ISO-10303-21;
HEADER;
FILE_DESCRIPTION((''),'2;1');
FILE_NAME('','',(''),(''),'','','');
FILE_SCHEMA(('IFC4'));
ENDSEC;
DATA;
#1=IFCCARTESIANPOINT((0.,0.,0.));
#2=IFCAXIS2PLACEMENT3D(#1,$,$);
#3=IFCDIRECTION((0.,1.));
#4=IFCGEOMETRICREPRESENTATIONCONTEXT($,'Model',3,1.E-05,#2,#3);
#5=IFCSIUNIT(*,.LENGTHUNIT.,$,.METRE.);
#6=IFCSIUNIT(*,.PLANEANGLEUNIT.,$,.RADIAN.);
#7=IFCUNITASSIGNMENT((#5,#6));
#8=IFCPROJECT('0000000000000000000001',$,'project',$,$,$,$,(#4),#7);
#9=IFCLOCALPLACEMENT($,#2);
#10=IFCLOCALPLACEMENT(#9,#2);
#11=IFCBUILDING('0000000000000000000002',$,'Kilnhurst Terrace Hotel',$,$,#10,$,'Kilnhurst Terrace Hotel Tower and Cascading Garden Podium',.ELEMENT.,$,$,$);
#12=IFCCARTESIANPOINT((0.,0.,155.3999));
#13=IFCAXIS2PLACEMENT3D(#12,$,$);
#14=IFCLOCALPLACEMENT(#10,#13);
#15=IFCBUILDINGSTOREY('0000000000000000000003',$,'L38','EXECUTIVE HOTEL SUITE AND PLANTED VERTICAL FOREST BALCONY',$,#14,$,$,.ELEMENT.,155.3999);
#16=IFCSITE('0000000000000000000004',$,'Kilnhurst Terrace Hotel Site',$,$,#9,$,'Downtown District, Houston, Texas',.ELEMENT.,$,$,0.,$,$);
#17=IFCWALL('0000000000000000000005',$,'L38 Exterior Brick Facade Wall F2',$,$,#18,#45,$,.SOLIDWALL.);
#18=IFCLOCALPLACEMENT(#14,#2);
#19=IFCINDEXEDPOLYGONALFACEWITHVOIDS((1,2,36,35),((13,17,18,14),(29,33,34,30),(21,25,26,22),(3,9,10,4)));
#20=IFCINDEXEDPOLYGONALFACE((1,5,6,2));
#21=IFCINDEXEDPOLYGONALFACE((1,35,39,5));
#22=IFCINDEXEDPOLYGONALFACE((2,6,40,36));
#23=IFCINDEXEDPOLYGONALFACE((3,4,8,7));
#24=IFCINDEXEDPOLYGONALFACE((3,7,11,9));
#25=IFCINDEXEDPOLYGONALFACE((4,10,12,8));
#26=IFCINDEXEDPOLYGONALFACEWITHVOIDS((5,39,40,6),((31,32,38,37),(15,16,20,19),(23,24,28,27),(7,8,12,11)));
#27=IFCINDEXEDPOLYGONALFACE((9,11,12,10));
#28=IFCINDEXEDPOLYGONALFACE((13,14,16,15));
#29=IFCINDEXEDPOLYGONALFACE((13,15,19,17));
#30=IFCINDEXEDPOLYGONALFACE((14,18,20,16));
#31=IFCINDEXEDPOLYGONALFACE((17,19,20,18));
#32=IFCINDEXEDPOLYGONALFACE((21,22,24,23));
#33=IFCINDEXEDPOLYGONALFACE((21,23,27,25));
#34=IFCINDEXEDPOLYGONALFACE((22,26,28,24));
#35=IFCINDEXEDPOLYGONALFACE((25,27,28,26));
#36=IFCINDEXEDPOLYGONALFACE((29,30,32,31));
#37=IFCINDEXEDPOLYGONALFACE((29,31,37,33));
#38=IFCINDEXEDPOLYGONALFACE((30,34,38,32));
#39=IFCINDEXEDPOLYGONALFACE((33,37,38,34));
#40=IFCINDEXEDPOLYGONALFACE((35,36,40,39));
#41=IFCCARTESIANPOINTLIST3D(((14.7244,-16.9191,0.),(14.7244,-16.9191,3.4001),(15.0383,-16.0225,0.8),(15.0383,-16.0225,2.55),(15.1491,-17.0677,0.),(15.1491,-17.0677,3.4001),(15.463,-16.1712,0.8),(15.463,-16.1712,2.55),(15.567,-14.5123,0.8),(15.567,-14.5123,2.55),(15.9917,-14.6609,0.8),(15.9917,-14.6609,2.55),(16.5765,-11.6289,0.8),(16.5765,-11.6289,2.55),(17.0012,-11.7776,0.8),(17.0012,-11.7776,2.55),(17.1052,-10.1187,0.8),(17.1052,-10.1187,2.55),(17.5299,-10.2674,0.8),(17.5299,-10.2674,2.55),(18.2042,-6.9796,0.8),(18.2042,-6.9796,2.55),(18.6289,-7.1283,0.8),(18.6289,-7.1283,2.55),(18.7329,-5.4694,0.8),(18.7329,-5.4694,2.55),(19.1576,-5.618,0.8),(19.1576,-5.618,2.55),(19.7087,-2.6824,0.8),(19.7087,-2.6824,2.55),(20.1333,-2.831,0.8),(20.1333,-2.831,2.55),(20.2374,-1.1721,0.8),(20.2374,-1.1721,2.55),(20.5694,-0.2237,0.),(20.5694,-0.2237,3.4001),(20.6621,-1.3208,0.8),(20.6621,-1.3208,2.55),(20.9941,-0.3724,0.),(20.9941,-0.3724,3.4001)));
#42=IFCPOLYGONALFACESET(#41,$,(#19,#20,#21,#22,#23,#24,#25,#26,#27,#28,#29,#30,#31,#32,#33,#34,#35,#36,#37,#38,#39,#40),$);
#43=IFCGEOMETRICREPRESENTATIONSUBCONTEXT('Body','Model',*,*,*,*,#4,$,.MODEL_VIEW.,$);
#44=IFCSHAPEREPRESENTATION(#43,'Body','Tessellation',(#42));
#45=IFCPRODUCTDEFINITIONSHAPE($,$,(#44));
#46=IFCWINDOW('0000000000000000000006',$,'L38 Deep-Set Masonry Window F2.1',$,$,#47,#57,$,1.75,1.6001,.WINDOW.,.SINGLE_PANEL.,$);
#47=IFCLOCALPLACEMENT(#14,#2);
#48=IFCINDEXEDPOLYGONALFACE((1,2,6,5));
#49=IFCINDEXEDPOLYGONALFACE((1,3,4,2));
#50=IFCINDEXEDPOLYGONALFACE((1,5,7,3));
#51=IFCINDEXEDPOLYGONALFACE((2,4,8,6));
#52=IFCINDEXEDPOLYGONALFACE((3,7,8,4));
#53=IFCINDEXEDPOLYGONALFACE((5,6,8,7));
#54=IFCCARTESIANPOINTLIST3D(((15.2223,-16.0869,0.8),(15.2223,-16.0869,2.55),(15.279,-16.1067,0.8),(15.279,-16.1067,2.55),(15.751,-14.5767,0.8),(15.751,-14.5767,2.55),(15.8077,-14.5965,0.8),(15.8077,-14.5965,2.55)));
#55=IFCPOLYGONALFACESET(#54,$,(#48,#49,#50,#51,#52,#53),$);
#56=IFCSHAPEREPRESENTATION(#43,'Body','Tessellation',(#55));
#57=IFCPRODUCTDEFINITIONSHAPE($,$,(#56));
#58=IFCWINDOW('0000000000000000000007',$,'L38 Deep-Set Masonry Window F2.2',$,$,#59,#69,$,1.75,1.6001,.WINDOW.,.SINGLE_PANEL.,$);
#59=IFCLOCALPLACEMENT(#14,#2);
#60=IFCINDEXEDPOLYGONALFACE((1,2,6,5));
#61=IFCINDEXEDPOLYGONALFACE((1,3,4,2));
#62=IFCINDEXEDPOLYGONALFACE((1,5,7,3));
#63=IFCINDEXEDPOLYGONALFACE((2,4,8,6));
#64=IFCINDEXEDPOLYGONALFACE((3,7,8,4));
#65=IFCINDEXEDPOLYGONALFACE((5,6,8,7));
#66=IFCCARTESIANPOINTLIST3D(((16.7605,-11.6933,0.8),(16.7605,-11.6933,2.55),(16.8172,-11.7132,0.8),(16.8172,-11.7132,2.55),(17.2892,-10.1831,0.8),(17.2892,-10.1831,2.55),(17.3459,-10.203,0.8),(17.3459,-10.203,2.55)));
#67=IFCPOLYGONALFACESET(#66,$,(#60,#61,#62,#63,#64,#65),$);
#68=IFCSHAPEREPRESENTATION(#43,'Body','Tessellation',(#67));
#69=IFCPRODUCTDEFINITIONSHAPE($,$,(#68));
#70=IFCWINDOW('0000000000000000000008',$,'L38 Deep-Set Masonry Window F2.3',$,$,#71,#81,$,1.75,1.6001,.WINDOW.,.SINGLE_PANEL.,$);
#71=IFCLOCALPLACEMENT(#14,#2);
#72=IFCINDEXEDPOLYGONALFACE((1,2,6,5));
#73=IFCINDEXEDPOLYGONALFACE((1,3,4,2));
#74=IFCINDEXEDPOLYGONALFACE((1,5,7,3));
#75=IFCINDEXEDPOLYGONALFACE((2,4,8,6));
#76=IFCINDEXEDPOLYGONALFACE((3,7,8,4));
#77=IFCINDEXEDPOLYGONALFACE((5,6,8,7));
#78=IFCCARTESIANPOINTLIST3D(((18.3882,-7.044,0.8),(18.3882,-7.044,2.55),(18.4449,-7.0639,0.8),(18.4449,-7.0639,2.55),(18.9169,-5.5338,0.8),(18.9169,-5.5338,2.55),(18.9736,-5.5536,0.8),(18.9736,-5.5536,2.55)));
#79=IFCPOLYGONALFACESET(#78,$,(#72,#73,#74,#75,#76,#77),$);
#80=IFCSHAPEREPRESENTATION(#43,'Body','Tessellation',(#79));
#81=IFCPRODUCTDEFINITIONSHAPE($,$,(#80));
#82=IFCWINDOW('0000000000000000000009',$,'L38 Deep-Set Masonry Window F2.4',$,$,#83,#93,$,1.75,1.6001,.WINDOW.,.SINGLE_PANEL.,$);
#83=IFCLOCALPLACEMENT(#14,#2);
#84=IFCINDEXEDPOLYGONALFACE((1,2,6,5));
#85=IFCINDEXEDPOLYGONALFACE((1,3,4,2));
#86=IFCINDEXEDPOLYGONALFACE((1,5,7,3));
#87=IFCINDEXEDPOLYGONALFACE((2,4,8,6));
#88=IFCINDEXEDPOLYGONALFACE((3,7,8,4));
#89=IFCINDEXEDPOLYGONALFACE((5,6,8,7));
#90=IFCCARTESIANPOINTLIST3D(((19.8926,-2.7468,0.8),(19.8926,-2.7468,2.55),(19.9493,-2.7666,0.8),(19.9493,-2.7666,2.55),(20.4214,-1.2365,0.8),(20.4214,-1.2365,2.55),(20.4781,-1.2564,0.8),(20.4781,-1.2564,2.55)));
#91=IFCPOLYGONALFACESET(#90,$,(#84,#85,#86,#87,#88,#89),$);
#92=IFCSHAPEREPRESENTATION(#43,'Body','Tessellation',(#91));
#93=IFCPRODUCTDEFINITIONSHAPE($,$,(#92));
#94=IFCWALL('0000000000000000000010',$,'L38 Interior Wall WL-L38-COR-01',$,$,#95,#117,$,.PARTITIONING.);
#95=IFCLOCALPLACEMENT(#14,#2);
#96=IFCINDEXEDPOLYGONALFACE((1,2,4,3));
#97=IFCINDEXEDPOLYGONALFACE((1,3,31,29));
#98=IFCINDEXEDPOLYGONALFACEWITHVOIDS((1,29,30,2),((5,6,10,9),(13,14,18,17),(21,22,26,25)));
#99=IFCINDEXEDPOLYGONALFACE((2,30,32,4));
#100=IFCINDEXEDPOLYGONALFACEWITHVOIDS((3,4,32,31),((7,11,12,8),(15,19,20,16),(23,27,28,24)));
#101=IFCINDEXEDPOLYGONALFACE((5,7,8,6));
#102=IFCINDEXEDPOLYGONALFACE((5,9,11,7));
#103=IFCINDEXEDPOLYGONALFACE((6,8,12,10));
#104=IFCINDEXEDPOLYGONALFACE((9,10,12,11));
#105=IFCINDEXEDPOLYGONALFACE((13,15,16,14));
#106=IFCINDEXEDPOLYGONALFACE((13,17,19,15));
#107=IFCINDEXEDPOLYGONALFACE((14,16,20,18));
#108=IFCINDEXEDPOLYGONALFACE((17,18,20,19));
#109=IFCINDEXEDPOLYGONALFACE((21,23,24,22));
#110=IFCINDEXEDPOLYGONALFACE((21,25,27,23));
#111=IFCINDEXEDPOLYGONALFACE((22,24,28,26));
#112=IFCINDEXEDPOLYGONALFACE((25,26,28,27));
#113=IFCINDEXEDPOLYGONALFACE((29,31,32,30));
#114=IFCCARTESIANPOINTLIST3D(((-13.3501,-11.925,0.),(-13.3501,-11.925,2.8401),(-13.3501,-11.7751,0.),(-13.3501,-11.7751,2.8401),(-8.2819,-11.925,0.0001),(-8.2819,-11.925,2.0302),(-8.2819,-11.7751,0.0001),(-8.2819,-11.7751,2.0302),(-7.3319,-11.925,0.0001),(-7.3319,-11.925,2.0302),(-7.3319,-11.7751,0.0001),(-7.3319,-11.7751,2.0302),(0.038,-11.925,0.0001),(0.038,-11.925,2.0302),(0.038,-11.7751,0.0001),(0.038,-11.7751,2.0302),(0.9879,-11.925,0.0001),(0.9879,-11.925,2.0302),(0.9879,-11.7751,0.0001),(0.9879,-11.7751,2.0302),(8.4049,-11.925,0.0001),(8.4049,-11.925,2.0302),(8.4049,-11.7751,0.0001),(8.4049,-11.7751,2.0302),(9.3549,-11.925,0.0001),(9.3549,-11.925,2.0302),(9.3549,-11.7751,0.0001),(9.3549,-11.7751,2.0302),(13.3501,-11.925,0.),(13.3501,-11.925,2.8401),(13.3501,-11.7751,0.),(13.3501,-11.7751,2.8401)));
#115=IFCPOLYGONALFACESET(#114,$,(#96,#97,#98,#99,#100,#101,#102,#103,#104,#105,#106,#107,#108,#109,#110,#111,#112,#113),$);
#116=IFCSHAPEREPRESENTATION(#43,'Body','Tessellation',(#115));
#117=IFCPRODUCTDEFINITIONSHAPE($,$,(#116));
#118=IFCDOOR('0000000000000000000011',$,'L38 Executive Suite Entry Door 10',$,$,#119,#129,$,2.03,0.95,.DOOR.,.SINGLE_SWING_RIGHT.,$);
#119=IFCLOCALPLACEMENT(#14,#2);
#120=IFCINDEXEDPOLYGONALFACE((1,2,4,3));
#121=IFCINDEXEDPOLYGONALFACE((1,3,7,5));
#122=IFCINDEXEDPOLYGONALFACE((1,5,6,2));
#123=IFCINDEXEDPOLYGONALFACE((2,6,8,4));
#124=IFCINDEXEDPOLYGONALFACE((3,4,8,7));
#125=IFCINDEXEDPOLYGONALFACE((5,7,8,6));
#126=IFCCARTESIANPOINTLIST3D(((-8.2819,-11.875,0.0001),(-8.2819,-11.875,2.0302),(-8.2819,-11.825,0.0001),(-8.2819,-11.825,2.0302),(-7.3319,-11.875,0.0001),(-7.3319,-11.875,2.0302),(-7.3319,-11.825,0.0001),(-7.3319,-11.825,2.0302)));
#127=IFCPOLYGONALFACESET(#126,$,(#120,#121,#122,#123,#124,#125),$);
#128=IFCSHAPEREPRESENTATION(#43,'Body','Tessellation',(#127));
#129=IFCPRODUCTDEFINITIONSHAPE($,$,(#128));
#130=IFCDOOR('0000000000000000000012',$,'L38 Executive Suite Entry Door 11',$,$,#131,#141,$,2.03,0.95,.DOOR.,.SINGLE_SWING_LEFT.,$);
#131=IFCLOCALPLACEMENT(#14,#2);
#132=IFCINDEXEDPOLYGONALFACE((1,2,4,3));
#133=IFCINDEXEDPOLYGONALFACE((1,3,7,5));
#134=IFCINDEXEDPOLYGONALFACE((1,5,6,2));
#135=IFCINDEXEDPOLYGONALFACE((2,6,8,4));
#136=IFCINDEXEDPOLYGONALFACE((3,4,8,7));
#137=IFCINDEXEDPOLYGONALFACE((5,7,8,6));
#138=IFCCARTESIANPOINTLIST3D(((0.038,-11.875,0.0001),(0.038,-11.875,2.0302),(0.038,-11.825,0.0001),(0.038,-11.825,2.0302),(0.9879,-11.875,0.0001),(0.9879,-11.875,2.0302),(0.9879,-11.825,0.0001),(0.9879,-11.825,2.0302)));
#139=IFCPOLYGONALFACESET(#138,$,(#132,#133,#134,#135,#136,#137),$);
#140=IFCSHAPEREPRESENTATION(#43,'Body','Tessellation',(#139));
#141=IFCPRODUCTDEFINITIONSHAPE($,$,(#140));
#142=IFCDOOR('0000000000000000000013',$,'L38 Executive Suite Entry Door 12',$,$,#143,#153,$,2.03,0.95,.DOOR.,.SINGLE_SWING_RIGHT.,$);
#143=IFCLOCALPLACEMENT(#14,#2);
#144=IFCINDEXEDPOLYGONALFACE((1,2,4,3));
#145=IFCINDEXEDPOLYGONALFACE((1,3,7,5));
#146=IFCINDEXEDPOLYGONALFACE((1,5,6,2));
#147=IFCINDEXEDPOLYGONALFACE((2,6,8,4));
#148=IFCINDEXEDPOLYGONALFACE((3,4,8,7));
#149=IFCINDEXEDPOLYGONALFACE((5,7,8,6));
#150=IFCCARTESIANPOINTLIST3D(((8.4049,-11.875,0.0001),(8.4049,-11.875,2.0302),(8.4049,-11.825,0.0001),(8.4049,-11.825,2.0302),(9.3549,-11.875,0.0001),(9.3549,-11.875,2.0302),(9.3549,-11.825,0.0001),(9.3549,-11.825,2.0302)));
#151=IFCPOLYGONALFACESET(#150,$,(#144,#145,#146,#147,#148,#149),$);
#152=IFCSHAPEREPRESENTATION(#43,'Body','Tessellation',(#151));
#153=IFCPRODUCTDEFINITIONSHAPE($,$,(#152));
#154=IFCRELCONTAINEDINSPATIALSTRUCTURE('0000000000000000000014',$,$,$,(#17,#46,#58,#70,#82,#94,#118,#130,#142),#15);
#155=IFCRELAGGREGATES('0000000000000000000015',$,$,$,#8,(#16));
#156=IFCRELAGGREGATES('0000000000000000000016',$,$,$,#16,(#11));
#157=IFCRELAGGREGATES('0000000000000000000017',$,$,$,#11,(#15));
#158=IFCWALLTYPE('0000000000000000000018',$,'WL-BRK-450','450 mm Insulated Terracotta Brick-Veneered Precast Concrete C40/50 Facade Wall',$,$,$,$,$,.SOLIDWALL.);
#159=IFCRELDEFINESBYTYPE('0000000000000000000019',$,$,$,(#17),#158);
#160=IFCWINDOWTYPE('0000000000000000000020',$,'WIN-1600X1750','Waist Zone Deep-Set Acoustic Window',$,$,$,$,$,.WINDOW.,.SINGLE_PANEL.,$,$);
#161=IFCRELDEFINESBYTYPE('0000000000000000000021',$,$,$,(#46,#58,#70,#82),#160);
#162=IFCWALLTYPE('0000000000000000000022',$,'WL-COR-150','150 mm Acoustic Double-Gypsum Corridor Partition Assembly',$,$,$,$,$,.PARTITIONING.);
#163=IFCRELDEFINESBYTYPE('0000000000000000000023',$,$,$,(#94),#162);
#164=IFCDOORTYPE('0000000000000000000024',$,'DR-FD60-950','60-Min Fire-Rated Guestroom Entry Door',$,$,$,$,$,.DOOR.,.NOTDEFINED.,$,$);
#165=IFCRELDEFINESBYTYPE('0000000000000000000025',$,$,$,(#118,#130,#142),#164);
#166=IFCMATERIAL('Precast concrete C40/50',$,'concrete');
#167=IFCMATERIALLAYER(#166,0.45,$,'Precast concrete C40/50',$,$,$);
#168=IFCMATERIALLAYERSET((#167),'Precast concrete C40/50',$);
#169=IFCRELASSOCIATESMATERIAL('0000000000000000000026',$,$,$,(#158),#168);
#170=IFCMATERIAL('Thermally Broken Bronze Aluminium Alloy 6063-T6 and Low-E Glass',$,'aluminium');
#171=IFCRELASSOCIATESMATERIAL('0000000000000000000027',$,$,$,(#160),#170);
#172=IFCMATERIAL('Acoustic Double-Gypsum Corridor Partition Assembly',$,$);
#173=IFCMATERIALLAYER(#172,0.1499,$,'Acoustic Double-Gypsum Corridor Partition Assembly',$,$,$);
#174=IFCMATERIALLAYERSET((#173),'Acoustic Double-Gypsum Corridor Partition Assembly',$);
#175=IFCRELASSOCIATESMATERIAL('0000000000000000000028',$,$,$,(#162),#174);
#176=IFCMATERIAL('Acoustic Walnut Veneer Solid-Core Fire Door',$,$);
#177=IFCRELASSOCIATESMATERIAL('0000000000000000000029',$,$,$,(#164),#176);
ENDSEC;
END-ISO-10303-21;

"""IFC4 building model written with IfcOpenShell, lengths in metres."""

from ifc_helpers import new_model, si_unit, direction, frame, frame_2d, origin, place, context, subcontext, project, spatial, rectangle, extrude, material, layer, layer_set, type_object, element, fill, save


model = new_model("IFC4")

# Units and contexts
model_context = context("Model", 3, precision=1e-05, world=origin(), true_north=direction((0.0, 1.0)))
body_context = subcontext(model_context, "Body", "Model", "MODEL_VIEW")
ifc_project = project(units=[si_unit("LENGTHUNIT", "METRE"), si_unit("PLANEANGLEUNIT", "RADIAN")], contexts=[model_context])

# Site, building, storey
site_placement = place(None, origin())
site = spatial("IfcSite", under=ifc_project, at=site_placement, Name="Kilnhurst Terrace Hotel Site", LongName="Downtown District, Houston, Texas", CompositionType="ELEMENT", RefElevation=0.0)
building_placement = place(site_placement, origin())
building = spatial("IfcBuilding", under=site, at=building_placement, Name="Kilnhurst Terrace Hotel", LongName="Kilnhurst Terrace Hotel Tower and Cascading Garden Podium", CompositionType="ELEMENT")
storey_placement = place(building_placement, frame((0.0, 0.0, 155.3999)))
storey = spatial("IfcBuildingStorey", under=building, at=storey_placement, Name="L38", Description="EXECUTIVE HOTEL SUITE AND PLANTED VERTICAL FOREST BALCONY", CompositionType="ELEMENT", Elevation=155.3999)

# Shared definitions
ifc_material_1 = material(Name="Precast concrete C40/50", Category="concrete")
ifc_layer_1 = layer(ifc_material_1, 0.45, Name="Precast concrete C40/50")
ifc_layer_set_1 = layer_set([ifc_layer_1], Name="Precast concrete C40/50")
wall_type_1 = type_object("IfcWallType", Name="WL-BRK-450", Description="450 mm Insulated Terracotta Brick-Veneered Precast Concrete C40/50 Facade Wall", PredefinedType="SOLIDWALL", material=ifc_layer_set_1)

# Wall, openings, windows
wall_1_placement = place(storey_placement, frame((14.9368, -16.9934, 0.0), z_axis=(0.0, 0.0, 1.0), x_axis=(0.330432, 0.94383, 0.0)))
wall_1 = element("IfcWall", 1, at=wall_1_placement, inside=storey, type_object=wall_type_1, Name="L38 Exterior Brick Facade Wall F2", PredefinedType="SOLIDWALL", context=body_context, shape_type="SweptSolid", body=[
    extrude(rectangle(XDim=17.689, YDim=0.45, at=frame_2d((8.8445, 0.0))), origin(), (0.0, 0.0, 1.0), 3.4001),
])
opening_1_placement = place(wall_1_placement, frame((0.95, 0.0, 0.8)))
opening_1 = element("IfcOpeningElement", 2, at=opening_1_placement, cuts=wall_1, PredefinedType="OPENING", context=body_context, shape_type="SweptSolid", body=[
    extrude(rectangle(XDim=1.6001, YDim=1.75, at=frame_2d((0.8, 0.875))), frame((0.0, 0.2349, 0.0), z_axis=(0.0, -1.0, 0.0), x_axis=(1.0, 0.0, 0.0)), (0.0, 0.0, 1.0), 0.47),
])
opening_2_placement = place(wall_1_placement, frame((5.605, 0.0, 0.8)))
opening_2 = element("IfcOpeningElement", 3, at=opening_2_placement, cuts=wall_1, PredefinedType="OPENING", context=body_context, shape_type="SweptSolid", body=[
    extrude(rectangle(XDim=1.6001, YDim=1.75, at=frame_2d((0.8, 0.875))), frame((0.0, 0.2349, 0.0), z_axis=(0.0, -1.0, 0.0), x_axis=(1.0, 0.0, 0.0)), (0.0, 0.0, 1.0), 0.47),
])
opening_3_placement = place(wall_1_placement, frame((10.531, 0.0, 0.8)))
opening_3 = element("IfcOpeningElement", 4, at=opening_3_placement, cuts=wall_1, PredefinedType="OPENING", context=body_context, shape_type="SweptSolid", body=[
    extrude(rectangle(XDim=1.6001, YDim=1.75, at=frame_2d((0.8, 0.875))), frame((0.0, 0.2349, 0.0), z_axis=(0.0, -1.0, 0.0), x_axis=(1.0, 0.0, 0.0)), (0.0, 0.0, 1.0), 0.47),
])
opening_4_placement = place(wall_1_placement, frame((15.084, 0.0, 0.8)))
opening_4 = element("IfcOpeningElement", 5, at=opening_4_placement, cuts=wall_1, PredefinedType="OPENING", context=body_context, shape_type="SweptSolid", body=[
    extrude(rectangle(XDim=1.6001, YDim=1.75, at=frame_2d((0.8, 0.875))), frame((0.0, 0.2349, 0.0), z_axis=(0.0, -1.0, 0.0), x_axis=(1.0, 0.0, 0.0)), (0.0, 0.0, 1.0), 0.47),
])
ifc_material_2 = material(Name="Thermally Broken Bronze Aluminium Alloy 6063-T6 and Low-E Glass", Category="aluminium")
window_type = type_object("IfcWindowType", Name="WIN-1600X1750", Description="Waist Zone Deep-Set Acoustic Window", PartitioningType="SINGLE_PANEL", PredefinedType="WINDOW", material=ifc_material_2)
window_1_placement = place(opening_1_placement, origin())
window_1 = element("IfcWindow", 6, at=window_1_placement, inside=storey, type_object=window_type, Name="L38 Deep-Set Masonry Window F2.1", OverallHeight=1.75, OverallWidth=1.6001, PartitioningType="SINGLE_PANEL", PredefinedType="WINDOW", context=body_context, shape_type="SweptSolid", body=[
    extrude(rectangle(XDim=1.6001, YDim=1.75, at=frame_2d((0.8, 0.875))), frame((0.0, 0.03, 0.0), z_axis=(0.0, -1.0, 0.0), x_axis=(1.0, 0.0, 0.0)), (0.0, 0.0, 1.0), 0.0601),
])
fill(opening_1, window_1)
window_2_placement = place(opening_2_placement, origin())
window_2 = element("IfcWindow", 7, at=window_2_placement, inside=storey, type_object=window_type, Name="L38 Deep-Set Masonry Window F2.2", OverallHeight=1.75, OverallWidth=1.6001, PartitioningType="SINGLE_PANEL", PredefinedType="WINDOW", context=body_context, shape_type="SweptSolid", body=[
    extrude(rectangle(XDim=1.6001, YDim=1.75, at=frame_2d((0.8, 0.875))), frame((0.0, 0.03, 0.0), z_axis=(0.0, -1.0, 0.0), x_axis=(1.0, 0.0, 0.0)), (0.0, 0.0, 1.0), 0.0601),
])
fill(opening_2, window_2)
window_3_placement = place(opening_3_placement, origin())
window_3 = element("IfcWindow", 8, at=window_3_placement, inside=storey, type_object=window_type, Name="L38 Deep-Set Masonry Window F2.3", OverallHeight=1.75, OverallWidth=1.6001, PartitioningType="SINGLE_PANEL", PredefinedType="WINDOW", context=body_context, shape_type="SweptSolid", body=[
    extrude(rectangle(XDim=1.6001, YDim=1.75, at=frame_2d((0.8, 0.875))), frame((0.0, 0.03, 0.0), z_axis=(0.0, -1.0, 0.0), x_axis=(1.0, 0.0, 0.0)), (0.0, 0.0, 1.0), 0.0601),
])
fill(opening_3, window_3)
window_4_placement = place(opening_4_placement, origin())
window_4 = element("IfcWindow", 9, at=window_4_placement, inside=storey, type_object=window_type, Name="L38 Deep-Set Masonry Window F2.4", OverallHeight=1.75, OverallWidth=1.6001, PartitioningType="SINGLE_PANEL", PredefinedType="WINDOW", context=body_context, shape_type="SweptSolid", body=[
    extrude(rectangle(XDim=1.6001, YDim=1.75, at=frame_2d((0.8, 0.875))), frame((0.0, 0.03, 0.0), z_axis=(0.0, -1.0, 0.0), x_axis=(1.0, 0.0, 0.0)), (0.0, 0.0, 1.0), 0.0601),
])
fill(opening_4, window_4)

# Wall, openings, doors
ifc_material_3 = material(Name="Acoustic Double-Gypsum Corridor Partition Assembly")
ifc_layer_2 = layer(ifc_material_3, 0.1499, Name="Acoustic Double-Gypsum Corridor Partition Assembly")
ifc_layer_set_2 = layer_set([ifc_layer_2], Name="Acoustic Double-Gypsum Corridor Partition Assembly")
wall_type_2 = type_object("IfcWallType", Name="WL-COR-150", Description="150 mm Acoustic Double-Gypsum Corridor Partition Assembly", PredefinedType="PARTITIONING", material=ifc_layer_set_2)
wall_2_placement = place(storey_placement, frame((13.3501, -11.8501, 0.0), z_axis=(0.0, 0.0, 1.0), x_axis=(-1.0, 0.0, 0.0)))
wall_2 = element("IfcWall", 10, at=wall_2_placement, inside=storey, type_object=wall_type_2, Name="L38 Interior Wall WL-L38-COR-01", PredefinedType="PARTITIONING", context=body_context, shape_type="SweptSolid", body=[
    extrude(rectangle(XDim=26.7002, YDim=0.1499, at=frame_2d((13.3501, 0.0))), origin(), (0.0, 0.0, 1.0), 2.8401),
])
opening_5_placement = place(wall_2_placement, frame((20.6819, 0.0, 0.0)))
opening_5 = element("IfcOpeningElement", 11, at=opening_5_placement, cuts=wall_2, PredefinedType="OPENING", context=body_context, shape_type="SweptSolid", body=[
    extrude(rectangle(XDim=0.95, YDim=2.03, at=frame_2d((0.4751, 1.0151))), frame((0.0, 0.085, 0.0), z_axis=(0.0, -1.0, 0.0), x_axis=(1.0, 0.0, 0.0)), (0.0, 0.0, 1.0), 0.1699),
])
opening_6_placement = place(wall_2_placement, frame((12.3621, 0.0, 0.0)))
opening_6 = element("IfcOpeningElement", 12, at=opening_6_placement, cuts=wall_2, PredefinedType="OPENING", context=body_context, shape_type="SweptSolid", body=[
    extrude(rectangle(XDim=0.95, YDim=2.03, at=frame_2d((0.4751, 1.0151))), frame((0.0, 0.085, 0.0), z_axis=(0.0, -1.0, 0.0), x_axis=(1.0, 0.0, 0.0)), (0.0, 0.0, 1.0), 0.1699),
])
opening_7_placement = place(wall_2_placement, frame((3.9951, 0.0, 0.0)))
opening_7 = element("IfcOpeningElement", 13, at=opening_7_placement, cuts=wall_2, PredefinedType="OPENING", context=body_context, shape_type="SweptSolid", body=[
    extrude(rectangle(XDim=0.95, YDim=2.03, at=frame_2d((0.4751, 1.0151))), frame((0.0, 0.085, 0.0), z_axis=(0.0, -1.0, 0.0), x_axis=(1.0, 0.0, 0.0)), (0.0, 0.0, 1.0), 0.1699),
])
ifc_material_4 = material(Name="Acoustic Walnut Veneer Solid-Core Fire Door")
door_type_1 = type_object("IfcDoorType", Name="DR-FD60-950", Description="60-Min Fire-Rated Guestroom Entry Door", OperationType="NOTDEFINED", PredefinedType="DOOR", material=ifc_material_4)
door_1_placement = place(opening_5_placement, origin())
door_1 = element("IfcDoor", 14, at=door_1_placement, inside=storey, type_object=door_type_1, Name="L38 Executive Suite Entry Door 10", OperationType="SINGLE_SWING_RIGHT", OverallHeight=2.03, OverallWidth=0.95, PredefinedType="DOOR", context=body_context, shape_type="SweptSolid", body=[
    extrude(rectangle(XDim=0.95, YDim=2.03, at=frame_2d((0.4751, 1.0151))), frame((0.0, 0.0249, 0.0), z_axis=(0.0, -1.0, 0.0), x_axis=(1.0, 0.0, 0.0)), (0.0, 0.0, 1.0), 0.05),
])
fill(opening_5, door_1)
door_2_placement = place(opening_6_placement, origin())
door_2 = element("IfcDoor", 15, at=door_2_placement, inside=storey, type_object=door_type_1, Name="L38 Executive Suite Entry Door 11", OperationType="SINGLE_SWING_LEFT", OverallHeight=2.03, OverallWidth=0.95, PredefinedType="DOOR", context=body_context, shape_type="SweptSolid", body=[
    extrude(rectangle(XDim=0.95, YDim=2.03, at=frame_2d((0.4751, 1.0151))), frame((0.0, 0.0249, 0.0), z_axis=(0.0, -1.0, 0.0), x_axis=(1.0, 0.0, 0.0)), (0.0, 0.0, 1.0), 0.05),
])
fill(opening_6, door_2)
door_3_placement = place(opening_7_placement, origin())
door_3 = element("IfcDoor", 16, at=door_3_placement, inside=storey, type_object=door_type_1, Name="L38 Executive Suite Entry Door 12", OperationType="SINGLE_SWING_RIGHT", OverallHeight=2.03, OverallWidth=0.95, PredefinedType="DOOR", context=body_context, shape_type="SweptSolid", body=[
    extrude(rectangle(XDim=0.95, YDim=2.03, at=frame_2d((0.4751, 1.0151))), frame((0.0, 0.0249, 0.0), z_axis=(0.0, -1.0, 0.0), x_axis=(1.0, 0.0, 0.0)), (0.0, 0.0, 1.0), 0.05),
])
fill(opening_7, door_3)

save(model, "model.ifc")
